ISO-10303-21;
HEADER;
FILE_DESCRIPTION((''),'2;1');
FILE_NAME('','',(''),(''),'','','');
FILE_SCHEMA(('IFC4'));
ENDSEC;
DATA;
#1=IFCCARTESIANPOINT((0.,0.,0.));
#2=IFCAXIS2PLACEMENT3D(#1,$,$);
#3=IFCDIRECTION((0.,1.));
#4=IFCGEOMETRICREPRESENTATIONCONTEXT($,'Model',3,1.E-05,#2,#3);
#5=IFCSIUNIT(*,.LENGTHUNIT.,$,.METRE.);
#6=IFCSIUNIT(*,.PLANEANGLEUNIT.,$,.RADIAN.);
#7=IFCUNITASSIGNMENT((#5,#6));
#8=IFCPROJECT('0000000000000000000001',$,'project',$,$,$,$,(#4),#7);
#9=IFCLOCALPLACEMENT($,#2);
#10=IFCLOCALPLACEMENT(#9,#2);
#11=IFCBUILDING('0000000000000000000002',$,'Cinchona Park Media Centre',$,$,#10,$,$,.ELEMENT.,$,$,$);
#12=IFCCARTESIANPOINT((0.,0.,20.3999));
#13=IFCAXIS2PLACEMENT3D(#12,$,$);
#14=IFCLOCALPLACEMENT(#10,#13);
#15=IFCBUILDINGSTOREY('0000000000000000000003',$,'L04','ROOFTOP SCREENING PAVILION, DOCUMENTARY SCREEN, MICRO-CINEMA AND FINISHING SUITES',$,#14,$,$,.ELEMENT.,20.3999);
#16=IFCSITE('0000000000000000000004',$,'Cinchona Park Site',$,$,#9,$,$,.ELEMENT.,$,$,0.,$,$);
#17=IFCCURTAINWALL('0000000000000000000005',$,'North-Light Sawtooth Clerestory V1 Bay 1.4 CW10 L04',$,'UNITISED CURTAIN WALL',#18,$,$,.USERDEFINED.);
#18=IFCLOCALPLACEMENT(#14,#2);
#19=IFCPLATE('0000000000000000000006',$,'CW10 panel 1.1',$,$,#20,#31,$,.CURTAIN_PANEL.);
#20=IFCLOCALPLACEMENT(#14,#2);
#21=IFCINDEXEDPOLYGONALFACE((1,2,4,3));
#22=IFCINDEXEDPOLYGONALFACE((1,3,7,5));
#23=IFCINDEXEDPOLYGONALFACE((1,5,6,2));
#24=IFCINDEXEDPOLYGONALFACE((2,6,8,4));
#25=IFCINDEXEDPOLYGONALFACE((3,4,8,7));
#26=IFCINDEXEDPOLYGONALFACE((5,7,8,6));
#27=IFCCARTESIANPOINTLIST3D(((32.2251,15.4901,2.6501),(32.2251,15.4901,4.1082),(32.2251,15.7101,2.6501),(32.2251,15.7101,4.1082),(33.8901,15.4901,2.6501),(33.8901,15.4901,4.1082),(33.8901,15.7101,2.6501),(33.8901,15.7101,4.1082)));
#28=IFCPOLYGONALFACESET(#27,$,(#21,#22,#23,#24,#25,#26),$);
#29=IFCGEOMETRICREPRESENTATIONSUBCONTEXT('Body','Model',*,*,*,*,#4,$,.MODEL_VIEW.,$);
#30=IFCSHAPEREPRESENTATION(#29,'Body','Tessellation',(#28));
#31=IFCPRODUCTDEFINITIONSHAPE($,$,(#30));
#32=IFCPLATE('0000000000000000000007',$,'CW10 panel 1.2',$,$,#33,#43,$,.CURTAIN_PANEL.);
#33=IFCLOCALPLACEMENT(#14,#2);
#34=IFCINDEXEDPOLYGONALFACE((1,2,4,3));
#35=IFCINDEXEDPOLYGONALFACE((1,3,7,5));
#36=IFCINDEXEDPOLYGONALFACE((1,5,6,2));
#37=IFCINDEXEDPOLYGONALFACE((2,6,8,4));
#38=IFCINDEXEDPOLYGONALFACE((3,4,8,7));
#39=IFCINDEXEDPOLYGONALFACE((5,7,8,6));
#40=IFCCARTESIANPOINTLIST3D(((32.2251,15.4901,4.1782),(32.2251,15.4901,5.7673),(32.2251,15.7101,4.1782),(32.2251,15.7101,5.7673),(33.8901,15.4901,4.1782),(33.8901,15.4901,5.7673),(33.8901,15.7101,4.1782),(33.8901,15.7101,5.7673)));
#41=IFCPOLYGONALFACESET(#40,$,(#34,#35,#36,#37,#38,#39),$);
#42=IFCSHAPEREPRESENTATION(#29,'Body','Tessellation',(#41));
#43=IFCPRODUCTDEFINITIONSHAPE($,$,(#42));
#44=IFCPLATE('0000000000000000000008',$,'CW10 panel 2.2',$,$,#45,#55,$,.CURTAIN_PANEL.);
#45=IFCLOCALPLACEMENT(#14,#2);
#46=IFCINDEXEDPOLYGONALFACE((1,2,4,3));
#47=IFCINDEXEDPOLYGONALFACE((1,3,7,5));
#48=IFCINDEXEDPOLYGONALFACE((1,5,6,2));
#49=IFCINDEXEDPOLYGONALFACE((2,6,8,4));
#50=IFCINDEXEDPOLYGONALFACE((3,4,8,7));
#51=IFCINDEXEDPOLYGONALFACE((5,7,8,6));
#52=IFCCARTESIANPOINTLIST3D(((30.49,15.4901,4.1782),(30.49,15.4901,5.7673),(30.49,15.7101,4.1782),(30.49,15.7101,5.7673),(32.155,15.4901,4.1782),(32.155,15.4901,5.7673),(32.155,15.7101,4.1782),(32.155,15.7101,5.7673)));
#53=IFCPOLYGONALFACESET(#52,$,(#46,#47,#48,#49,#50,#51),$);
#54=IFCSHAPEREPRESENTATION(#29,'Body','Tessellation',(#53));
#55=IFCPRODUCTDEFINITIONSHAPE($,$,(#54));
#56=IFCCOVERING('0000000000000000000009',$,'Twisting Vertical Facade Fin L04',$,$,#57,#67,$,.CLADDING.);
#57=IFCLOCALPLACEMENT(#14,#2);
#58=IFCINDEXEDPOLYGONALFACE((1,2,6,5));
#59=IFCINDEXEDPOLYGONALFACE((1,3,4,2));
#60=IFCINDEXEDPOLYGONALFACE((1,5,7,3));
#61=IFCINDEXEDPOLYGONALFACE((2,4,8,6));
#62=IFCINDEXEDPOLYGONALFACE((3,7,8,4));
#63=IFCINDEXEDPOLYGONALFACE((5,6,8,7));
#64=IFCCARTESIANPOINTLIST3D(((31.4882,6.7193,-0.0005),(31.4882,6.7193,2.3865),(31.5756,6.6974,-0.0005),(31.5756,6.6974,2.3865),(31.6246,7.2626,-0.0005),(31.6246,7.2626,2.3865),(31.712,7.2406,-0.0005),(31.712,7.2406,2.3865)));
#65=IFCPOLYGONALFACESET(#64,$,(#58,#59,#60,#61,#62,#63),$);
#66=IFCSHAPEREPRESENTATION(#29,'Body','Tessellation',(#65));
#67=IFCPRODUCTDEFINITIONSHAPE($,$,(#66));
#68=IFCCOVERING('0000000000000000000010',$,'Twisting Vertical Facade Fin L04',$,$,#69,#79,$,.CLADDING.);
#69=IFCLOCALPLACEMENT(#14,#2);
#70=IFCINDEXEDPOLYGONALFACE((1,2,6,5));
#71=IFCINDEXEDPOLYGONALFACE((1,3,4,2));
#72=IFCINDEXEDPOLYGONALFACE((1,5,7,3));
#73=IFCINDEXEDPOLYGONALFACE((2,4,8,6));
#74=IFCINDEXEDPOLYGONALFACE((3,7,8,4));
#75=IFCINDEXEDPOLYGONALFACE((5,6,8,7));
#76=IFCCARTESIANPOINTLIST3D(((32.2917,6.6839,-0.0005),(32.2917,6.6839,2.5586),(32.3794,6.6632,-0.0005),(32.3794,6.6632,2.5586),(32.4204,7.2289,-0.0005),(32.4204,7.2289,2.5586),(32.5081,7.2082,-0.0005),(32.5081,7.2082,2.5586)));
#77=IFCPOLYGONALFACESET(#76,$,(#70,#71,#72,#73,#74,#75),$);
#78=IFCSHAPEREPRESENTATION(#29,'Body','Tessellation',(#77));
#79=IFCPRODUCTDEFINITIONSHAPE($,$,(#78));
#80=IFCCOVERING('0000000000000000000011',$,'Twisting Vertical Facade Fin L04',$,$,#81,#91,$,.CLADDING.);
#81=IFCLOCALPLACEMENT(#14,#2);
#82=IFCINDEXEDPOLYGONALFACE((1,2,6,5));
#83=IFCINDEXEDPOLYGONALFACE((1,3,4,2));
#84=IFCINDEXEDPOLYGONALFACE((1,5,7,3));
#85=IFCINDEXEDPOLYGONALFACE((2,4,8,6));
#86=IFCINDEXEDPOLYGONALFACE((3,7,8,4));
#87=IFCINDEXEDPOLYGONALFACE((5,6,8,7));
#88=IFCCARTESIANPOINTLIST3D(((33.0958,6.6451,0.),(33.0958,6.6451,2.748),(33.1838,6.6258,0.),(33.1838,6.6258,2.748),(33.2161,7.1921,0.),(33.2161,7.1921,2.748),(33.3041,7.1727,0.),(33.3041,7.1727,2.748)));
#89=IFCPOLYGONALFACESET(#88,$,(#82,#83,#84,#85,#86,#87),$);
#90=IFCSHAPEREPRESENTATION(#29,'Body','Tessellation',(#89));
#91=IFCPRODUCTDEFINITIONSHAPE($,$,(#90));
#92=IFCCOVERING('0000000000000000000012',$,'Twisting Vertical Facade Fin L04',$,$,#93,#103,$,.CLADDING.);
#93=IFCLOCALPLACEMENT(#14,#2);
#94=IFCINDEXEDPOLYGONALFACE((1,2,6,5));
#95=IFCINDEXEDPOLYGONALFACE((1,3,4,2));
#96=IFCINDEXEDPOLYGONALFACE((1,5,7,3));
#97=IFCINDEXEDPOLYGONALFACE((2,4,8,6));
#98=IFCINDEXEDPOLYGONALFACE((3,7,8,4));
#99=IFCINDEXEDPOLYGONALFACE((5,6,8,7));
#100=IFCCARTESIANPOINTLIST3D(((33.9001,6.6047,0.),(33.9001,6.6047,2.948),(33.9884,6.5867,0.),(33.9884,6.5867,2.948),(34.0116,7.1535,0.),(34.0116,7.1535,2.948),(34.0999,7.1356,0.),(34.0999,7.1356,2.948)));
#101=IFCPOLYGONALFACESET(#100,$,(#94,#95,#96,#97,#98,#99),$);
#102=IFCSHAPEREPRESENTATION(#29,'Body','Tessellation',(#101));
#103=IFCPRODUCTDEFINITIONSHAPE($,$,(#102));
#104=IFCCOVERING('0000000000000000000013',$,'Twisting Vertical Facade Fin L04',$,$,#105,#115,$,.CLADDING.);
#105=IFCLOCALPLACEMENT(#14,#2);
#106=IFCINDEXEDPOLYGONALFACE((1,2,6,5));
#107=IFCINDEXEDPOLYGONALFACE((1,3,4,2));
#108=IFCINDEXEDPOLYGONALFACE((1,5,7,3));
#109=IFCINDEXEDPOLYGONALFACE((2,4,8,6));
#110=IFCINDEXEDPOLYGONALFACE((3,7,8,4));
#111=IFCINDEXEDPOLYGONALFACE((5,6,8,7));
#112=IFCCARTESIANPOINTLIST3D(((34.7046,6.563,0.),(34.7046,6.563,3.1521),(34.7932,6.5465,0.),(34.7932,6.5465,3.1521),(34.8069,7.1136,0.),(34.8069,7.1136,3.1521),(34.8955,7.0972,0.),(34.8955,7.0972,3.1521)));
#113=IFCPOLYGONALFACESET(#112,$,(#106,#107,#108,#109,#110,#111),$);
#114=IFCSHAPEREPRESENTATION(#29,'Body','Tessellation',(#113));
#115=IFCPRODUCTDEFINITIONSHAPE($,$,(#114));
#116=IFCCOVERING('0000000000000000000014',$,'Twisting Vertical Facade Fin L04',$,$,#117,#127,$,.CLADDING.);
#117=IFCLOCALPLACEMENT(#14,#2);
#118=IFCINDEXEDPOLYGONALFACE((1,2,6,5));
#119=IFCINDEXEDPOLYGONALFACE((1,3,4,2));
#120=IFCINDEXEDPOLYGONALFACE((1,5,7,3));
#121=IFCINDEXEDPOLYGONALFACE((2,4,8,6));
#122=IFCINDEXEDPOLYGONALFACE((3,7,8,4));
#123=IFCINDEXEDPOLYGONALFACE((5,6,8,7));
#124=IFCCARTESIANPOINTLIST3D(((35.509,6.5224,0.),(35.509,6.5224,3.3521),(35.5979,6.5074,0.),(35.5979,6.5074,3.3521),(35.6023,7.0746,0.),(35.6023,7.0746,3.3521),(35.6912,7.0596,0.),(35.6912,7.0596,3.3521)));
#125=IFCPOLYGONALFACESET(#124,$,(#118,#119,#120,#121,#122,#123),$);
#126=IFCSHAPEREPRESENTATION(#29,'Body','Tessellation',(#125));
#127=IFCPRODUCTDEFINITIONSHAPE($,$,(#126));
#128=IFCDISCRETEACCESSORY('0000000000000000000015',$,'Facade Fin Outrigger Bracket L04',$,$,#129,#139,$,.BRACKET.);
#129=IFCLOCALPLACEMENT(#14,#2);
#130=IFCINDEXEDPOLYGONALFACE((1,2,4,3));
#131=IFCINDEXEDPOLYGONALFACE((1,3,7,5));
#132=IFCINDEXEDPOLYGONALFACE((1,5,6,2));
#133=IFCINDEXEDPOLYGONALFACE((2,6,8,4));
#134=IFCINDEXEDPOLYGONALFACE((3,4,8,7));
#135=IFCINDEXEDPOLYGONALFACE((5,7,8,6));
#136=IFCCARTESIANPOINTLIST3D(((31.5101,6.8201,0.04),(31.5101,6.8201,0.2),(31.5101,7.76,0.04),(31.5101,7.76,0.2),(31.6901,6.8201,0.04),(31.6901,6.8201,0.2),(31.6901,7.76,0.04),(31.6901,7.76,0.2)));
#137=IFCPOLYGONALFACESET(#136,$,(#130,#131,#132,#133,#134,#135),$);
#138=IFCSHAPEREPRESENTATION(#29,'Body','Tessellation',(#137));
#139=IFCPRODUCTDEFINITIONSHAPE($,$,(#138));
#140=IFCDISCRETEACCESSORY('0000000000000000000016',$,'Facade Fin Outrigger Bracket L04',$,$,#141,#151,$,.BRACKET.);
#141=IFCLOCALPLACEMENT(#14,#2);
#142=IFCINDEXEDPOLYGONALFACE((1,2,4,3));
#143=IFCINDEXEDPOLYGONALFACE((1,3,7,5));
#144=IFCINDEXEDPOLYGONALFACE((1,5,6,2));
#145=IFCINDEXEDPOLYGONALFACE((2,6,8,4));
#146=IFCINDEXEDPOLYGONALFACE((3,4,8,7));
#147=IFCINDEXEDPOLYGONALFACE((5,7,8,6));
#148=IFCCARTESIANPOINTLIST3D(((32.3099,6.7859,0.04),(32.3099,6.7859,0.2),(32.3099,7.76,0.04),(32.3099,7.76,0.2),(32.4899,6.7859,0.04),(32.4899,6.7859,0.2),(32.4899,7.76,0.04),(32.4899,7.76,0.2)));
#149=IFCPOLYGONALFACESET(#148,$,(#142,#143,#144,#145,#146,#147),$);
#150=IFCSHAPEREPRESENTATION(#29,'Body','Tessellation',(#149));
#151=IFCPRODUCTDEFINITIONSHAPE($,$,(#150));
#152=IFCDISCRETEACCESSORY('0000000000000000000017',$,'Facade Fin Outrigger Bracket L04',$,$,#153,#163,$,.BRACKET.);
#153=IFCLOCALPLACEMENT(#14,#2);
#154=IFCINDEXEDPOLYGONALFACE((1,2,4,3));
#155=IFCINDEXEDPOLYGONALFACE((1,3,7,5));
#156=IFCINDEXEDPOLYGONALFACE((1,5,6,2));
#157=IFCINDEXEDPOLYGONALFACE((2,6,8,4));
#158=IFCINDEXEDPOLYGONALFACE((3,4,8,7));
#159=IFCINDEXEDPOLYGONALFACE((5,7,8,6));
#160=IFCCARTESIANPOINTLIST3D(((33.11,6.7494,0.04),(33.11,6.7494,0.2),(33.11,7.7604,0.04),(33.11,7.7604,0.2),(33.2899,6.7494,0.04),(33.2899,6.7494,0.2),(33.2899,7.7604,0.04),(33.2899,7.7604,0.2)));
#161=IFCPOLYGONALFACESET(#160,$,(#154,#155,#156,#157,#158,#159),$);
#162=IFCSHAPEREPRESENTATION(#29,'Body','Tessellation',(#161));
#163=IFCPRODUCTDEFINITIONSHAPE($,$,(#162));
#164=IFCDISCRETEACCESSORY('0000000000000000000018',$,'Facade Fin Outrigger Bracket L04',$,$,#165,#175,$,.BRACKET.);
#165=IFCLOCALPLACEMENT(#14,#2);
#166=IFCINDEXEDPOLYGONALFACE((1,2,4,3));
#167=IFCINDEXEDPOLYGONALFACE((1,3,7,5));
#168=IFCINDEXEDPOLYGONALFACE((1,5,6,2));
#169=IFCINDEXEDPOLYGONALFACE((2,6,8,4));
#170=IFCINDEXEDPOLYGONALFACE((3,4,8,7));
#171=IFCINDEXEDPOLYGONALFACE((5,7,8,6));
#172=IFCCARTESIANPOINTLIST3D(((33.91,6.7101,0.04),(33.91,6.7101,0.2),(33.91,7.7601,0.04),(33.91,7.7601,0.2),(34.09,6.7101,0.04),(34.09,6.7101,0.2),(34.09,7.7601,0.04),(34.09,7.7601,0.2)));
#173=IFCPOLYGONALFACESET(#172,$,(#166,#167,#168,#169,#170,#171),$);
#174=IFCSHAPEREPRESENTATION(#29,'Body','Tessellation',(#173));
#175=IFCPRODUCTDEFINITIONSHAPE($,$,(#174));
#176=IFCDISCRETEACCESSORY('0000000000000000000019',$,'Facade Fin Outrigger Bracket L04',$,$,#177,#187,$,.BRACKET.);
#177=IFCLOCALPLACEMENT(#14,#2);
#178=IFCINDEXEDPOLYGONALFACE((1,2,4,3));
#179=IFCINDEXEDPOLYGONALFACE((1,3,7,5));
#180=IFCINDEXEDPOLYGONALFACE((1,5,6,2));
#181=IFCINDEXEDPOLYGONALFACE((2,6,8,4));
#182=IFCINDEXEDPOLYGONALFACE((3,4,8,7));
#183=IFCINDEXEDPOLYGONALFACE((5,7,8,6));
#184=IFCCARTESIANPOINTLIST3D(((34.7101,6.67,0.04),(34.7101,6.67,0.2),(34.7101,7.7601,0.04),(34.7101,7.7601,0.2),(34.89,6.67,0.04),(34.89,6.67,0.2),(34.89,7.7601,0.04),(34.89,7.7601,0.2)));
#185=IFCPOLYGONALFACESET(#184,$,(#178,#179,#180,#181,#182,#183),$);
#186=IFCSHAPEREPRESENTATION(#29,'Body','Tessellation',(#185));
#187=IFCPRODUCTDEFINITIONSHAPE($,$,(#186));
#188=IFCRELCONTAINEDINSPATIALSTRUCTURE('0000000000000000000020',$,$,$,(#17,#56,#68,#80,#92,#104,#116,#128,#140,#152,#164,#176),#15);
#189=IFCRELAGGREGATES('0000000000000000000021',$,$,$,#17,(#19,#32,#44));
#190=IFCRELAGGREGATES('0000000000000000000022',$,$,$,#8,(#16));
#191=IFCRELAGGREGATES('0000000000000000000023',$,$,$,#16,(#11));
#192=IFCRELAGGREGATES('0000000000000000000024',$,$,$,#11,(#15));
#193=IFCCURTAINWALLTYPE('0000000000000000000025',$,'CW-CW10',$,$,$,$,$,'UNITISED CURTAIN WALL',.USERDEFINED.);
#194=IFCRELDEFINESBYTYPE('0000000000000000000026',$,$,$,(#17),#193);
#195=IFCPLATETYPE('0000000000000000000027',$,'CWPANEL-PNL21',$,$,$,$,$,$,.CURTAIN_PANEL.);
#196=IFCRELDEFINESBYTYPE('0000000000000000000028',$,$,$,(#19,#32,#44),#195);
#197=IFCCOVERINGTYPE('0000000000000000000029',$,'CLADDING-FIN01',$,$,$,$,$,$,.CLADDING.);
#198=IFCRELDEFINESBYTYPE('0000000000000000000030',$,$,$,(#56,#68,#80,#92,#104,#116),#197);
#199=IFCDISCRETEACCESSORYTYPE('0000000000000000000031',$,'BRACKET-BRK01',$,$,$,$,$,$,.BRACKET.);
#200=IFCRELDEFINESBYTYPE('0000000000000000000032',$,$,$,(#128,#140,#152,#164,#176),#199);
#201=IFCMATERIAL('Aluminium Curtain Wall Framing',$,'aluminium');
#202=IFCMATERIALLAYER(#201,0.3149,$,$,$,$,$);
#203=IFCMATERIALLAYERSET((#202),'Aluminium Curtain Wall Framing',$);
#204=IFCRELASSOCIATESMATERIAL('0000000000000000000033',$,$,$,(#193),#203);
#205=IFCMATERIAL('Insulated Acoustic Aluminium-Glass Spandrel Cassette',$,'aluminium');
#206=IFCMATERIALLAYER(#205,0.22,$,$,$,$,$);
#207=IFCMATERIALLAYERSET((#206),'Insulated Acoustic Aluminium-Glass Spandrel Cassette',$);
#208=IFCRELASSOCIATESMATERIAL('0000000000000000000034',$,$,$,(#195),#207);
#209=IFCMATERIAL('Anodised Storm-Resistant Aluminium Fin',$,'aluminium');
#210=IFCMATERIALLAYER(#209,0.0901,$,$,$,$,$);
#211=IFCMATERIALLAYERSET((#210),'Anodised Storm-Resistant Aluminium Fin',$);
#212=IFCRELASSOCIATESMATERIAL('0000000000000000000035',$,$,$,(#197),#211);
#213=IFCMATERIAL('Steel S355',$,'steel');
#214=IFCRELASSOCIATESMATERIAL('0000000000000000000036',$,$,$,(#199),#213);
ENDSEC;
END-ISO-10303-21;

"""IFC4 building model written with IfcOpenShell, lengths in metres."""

from ifc_helpers import new_model, si_unit, direction, frame, origin, origin_2d, place, context, subcontext, project, spatial, rectangle, extrude, material, layer, layer_set, type_object, element, aggregate, save


model = new_model("IFC4")

# Units and contexts
model_context = context("Model", 3, precision=1e-05, world=origin(), true_north=direction((0.0, 1.0)))
body_context = subcontext(model_context, "Body", "Model", "MODEL_VIEW")
ifc_project = project(units=[si_unit("LENGTHUNIT", "METRE"), si_unit("PLANEANGLEUNIT", "RADIAN")], contexts=[model_context])

# Site, building, storey
site_placement = place(None, origin())
site = spatial("IfcSite", under=ifc_project, at=site_placement, Name="Cinchona Park Site", CompositionType="ELEMENT", RefElevation=0.0)
building_placement = place(site_placement, origin())
building = spatial("IfcBuilding", under=site, at=building_placement, Name="Cinchona Park Media Centre", CompositionType="ELEMENT")
storey_placement = place(building_placement, frame((0.0, 0.0, 20.3999)))
storey = spatial("IfcBuildingStorey", under=building, at=storey_placement, Name="L04", Description="ROOFTOP SCREENING PAVILION, DOCUMENTARY SCREEN, MICRO-CINEMA AND FINISHING SUITES", CompositionType="ELEMENT", Elevation=20.3999)

# Shared definitions
ifc_material_1 = material(Name="Aluminium Curtain Wall Framing", Category="aluminium")
ifc_layer_1 = layer(ifc_material_1, 0.3149)
ifc_layer_set_1 = layer_set([ifc_layer_1], Name="Aluminium Curtain Wall Framing")
curtain_wall_type = type_object("IfcCurtainWallType", Name="CW-CW10", ElementType="UNITISED CURTAIN WALL", PredefinedType="USERDEFINED", material=ifc_layer_set_1)

# Curtain wall
curtain_wall_1_placement = place(storey_placement, origin())
curtain_wall_1 = element("IfcCurtainWall", 1, at=curtain_wall_1_placement, inside=storey, type_object=curtain_wall_type, Name="North-Light Sawtooth Clerestory V1 Bay 1.4 CW10 L04", ObjectType="UNITISED CURTAIN WALL", PredefinedType="USERDEFINED")

# Plates
ifc_material_2 = material(Name="Insulated Acoustic Aluminium-Glass Spandrel Cassette", Category="aluminium")
ifc_layer_2 = layer(ifc_material_2, 0.22)
ifc_layer_set_2 = layer_set([ifc_layer_2], Name="Insulated Acoustic Aluminium-Glass Spandrel Cassette")
plate_type_1 = type_object("IfcPlateType", Name="CWPANEL-PNL21", PredefinedType="CURTAIN_PANEL", material=ifc_layer_set_2)
plate_1_placement = place(storey_placement, frame((33.0576, 15.6001, 2.6501), z_axis=(0.0, 0.0, 1.0), x_axis=(-1.0, 0.0, 0.0)))
plate_1 = element("IfcPlate", 2, at=plate_1_placement, type_object=plate_type_1, Name="CW10 panel 1.1", PredefinedType="CURTAIN_PANEL", context=body_context, shape_type="SweptSolid", body=[
    extrude(rectangle(XDim=1.665, YDim=0.22, at=origin_2d()), origin(), (0.0, 0.0, 1.0), 1.458),
])
plate_2_placement = place(storey_placement, frame((33.0576, 15.6001, 4.1782), z_axis=(0.0, 0.0, 1.0), x_axis=(-1.0, 0.0, 0.0)))
plate_2 = element("IfcPlate", 3, at=plate_2_placement, type_object=plate_type_1, Name="CW10 panel 1.2", PredefinedType="CURTAIN_PANEL", context=body_context, shape_type="SweptSolid", body=[
    extrude(rectangle(XDim=1.665, YDim=0.22, at=origin_2d()), origin(), (0.0, 0.0, 1.0), 1.5891),
])
plate_3_placement = place(storey_placement, frame((31.3225, 15.6001, 4.1782), z_axis=(0.0, 0.0, 1.0), x_axis=(-1.0, 0.0, 0.0)))
plate_3 = element("IfcPlate", 4, at=plate_3_placement, type_object=plate_type_1, Name="CW10 panel 2.2", PredefinedType="CURTAIN_PANEL", context=body_context, shape_type="SweptSolid", body=[
    extrude(rectangle(XDim=1.665, YDim=0.22, at=origin_2d()), origin(), (0.0, 0.0, 1.0), 1.5891),
])
aggregate(curtain_wall_1, [plate_1, plate_2, plate_3])

# Coverings
ifc_material_3 = material(Name="Anodised Storm-Resistant Aluminium Fin", Category="aluminium")
ifc_layer_3 = layer(ifc_material_3, 0.0901)
ifc_layer_set_3 = layer_set([ifc_layer_3], Name="Anodised Storm-Resistant Aluminium Fin")
covering_type = type_object("IfcCoveringType", Name="CLADDING-FIN01", PredefinedType="CLADDING", material=ifc_layer_set_3)
covering_1_placement = place(storey_placement, frame((31.6001, 6.98, -0.0005), z_axis=(0.0, 0.0, 1.0), x_axis=(0.243446, 0.969915, 0.0)))
element("IfcCovering", 5, at=covering_1_placement, inside=storey, type_object=covering_type, Name="Twisting Vertical Facade Fin L04", PredefinedType="CLADDING", context=body_context, shape_type="SweptSolid", body=[
    extrude(rectangle(XDim=0.5601, YDim=0.0901, at=origin_2d()), origin(), (0.0, 0.0, 1.0), 2.387),
])
covering_2_placement = place(storey_placement, frame((32.3999, 6.946, -0.0005), z_axis=(0.0, 0.0, 1.0), x_axis=(0.22988, 0.973219, 0.0)))
element("IfcCovering", 6, at=covering_2_placement, inside=storey, type_object=covering_type, Name="Twisting Vertical Facade Fin L04", PredefinedType="CLADDING", context=body_context, shape_type="SweptSolid", body=[
    extrude(rectangle(XDim=0.5601, YDim=0.0901, at=origin_2d()), origin(), (0.0, 0.0, 1.0), 2.5591),
])
covering_3_placement = place(storey_placement, frame((33.2, 6.9089, 0.0), z_axis=(0.0, 0.0, 1.0), x_axis=(0.214906, 0.976635, 0.0)))
element("IfcCovering", 7, at=covering_3_placement, inside=storey, type_object=covering_type, Name="Twisting Vertical Facade Fin L04", PredefinedType="CLADDING", context=body_context, shape_type="SweptSolid", body=[
    extrude(rectangle(XDim=0.5601, YDim=0.0901, at=origin_2d()), origin(), (0.0, 0.0, 1.0), 2.748),
])
covering_4_placement = place(storey_placement, frame((34.0, 6.8701, 0.0), z_axis=(0.0, 0.0, 1.0), x_axis=(0.199026, 0.979994, 0.0)))
element("IfcCovering", 8, at=covering_4_placement, inside=storey, type_object=covering_type, Name="Twisting Vertical Facade Fin L04", PredefinedType="CLADDING", context=body_context, shape_type="SweptSolid", body=[
    extrude(rectangle(XDim=0.5601, YDim=0.0901, at=origin_2d()), origin(), (0.0, 0.0, 1.0), 2.948),
])
covering_5_placement = place(storey_placement, frame((34.8, 6.8301, 0.0), z_axis=(0.0, 0.0, 1.0), x_axis=(0.182579, 0.983191, 0.0)))
element("IfcCovering", 9, at=covering_5_placement, inside=storey, type_object=covering_type, Name="Twisting Vertical Facade Fin L04", PredefinedType="CLADDING", context=body_context, shape_type="SweptSolid", body=[
    extrude(rectangle(XDim=0.5601, YDim=0.0901, at=origin_2d()), origin(), (0.0, 0.0, 1.0), 3.1521),
])
covering_6_placement = place(storey_placement, frame((35.6001, 6.791, 0.0), z_axis=(0.0, 0.0, 1.0), x_axis=(0.166597, 0.986025, 0.0)))
element("IfcCovering", 10, at=covering_6_placement, inside=storey, type_object=covering_type, Name="Twisting Vertical Facade Fin L04", PredefinedType="CLADDING", context=body_context, shape_type="SweptSolid", body=[
    extrude(rectangle(XDim=0.5601, YDim=0.0901, at=origin_2d()), origin(), (0.0, 0.0, 1.0), 3.3521),
])

# Discrete accessories
ifc_material_4 = material(Name="Steel S355", Category="steel")
discrete_accessory_type = type_object("IfcDiscreteAccessoryType", Name="BRACKET-BRK01", PredefinedType="BRACKET", material=ifc_material_4)
discrete_accessory_1_placement = place(storey_placement, frame((31.6001, 7.29, 0.04), z_axis=(0.0, 0.0, 1.0), x_axis=(1.0, 0.0, 0.0)))
element("IfcDiscreteAccessory", 11, at=discrete_accessory_1_placement, inside=storey, type_object=discrete_accessory_type, Name="Facade Fin Outrigger Bracket L04", PredefinedType="BRACKET", context=body_context, shape_type="SweptSolid", body=[
    extrude(rectangle(XDim=0.1799, YDim=0.9399, at=origin_2d()), origin(), (0.0, 0.0, 1.0), 0.1599),
])
discrete_accessory_2_placement = place(storey_placement, frame((32.3999, 7.2729, 0.04), z_axis=(0.0, 0.0, 1.0), x_axis=(1.0, 0.0, 0.0)))
element("IfcDiscreteAccessory", 12, at=discrete_accessory_2_placement, inside=storey, type_object=discrete_accessory_type, Name="Facade Fin Outrigger Bracket L04", PredefinedType="BRACKET", context=body_context, shape_type="SweptSolid", body=[
    extrude(rectangle(XDim=0.1799, YDim=0.9741, at=origin_2d()), origin(), (0.0, 0.0, 1.0), 0.1599),
])
discrete_accessory_3_placement = place(storey_placement, frame((33.2, 7.2549, 0.04), z_axis=(0.0, 0.0, 1.0), x_axis=(1.0, 0.0, 0.0)))
element("IfcDiscreteAccessory", 13, at=discrete_accessory_3_placement, inside=storey, type_object=discrete_accessory_type, Name="Facade Fin Outrigger Bracket L04", PredefinedType="BRACKET", context=body_context, shape_type="SweptSolid", body=[
    extrude(rectangle(XDim=0.1799, YDim=1.011, at=origin_2d()), origin(), (0.0, 0.0, 1.0), 0.1599),
])
discrete_accessory_4_placement = place(storey_placement, frame((34.0, 7.2351, 0.04), z_axis=(0.0, 0.0, 1.0), x_axis=(1.0, 0.0, 0.0)))
element("IfcDiscreteAccessory", 14, at=discrete_accessory_4_placement, inside=storey, type_object=discrete_accessory_type, Name="Facade Fin Outrigger Bracket L04", PredefinedType="BRACKET", context=body_context, shape_type="SweptSolid", body=[
    extrude(rectangle(XDim=0.1799, YDim=1.05, at=origin_2d()), origin(), (0.0, 0.0, 1.0), 0.1599),
])
discrete_accessory_5_placement = place(storey_placement, frame((34.8, 7.2151, 0.04), z_axis=(0.0, 0.0, 1.0), x_axis=(1.0, 0.0, 0.0)))
element("IfcDiscreteAccessory", 15, at=discrete_accessory_5_placement, inside=storey, type_object=discrete_accessory_type, Name="Facade Fin Outrigger Bracket L04", PredefinedType="BRACKET", context=body_context, shape_type="SweptSolid", body=[
    extrude(rectangle(XDim=0.1799, YDim=1.0901, at=origin_2d()), origin(), (0.0, 0.0, 1.0), 0.1599),
])

save(model, "model.ifc")
